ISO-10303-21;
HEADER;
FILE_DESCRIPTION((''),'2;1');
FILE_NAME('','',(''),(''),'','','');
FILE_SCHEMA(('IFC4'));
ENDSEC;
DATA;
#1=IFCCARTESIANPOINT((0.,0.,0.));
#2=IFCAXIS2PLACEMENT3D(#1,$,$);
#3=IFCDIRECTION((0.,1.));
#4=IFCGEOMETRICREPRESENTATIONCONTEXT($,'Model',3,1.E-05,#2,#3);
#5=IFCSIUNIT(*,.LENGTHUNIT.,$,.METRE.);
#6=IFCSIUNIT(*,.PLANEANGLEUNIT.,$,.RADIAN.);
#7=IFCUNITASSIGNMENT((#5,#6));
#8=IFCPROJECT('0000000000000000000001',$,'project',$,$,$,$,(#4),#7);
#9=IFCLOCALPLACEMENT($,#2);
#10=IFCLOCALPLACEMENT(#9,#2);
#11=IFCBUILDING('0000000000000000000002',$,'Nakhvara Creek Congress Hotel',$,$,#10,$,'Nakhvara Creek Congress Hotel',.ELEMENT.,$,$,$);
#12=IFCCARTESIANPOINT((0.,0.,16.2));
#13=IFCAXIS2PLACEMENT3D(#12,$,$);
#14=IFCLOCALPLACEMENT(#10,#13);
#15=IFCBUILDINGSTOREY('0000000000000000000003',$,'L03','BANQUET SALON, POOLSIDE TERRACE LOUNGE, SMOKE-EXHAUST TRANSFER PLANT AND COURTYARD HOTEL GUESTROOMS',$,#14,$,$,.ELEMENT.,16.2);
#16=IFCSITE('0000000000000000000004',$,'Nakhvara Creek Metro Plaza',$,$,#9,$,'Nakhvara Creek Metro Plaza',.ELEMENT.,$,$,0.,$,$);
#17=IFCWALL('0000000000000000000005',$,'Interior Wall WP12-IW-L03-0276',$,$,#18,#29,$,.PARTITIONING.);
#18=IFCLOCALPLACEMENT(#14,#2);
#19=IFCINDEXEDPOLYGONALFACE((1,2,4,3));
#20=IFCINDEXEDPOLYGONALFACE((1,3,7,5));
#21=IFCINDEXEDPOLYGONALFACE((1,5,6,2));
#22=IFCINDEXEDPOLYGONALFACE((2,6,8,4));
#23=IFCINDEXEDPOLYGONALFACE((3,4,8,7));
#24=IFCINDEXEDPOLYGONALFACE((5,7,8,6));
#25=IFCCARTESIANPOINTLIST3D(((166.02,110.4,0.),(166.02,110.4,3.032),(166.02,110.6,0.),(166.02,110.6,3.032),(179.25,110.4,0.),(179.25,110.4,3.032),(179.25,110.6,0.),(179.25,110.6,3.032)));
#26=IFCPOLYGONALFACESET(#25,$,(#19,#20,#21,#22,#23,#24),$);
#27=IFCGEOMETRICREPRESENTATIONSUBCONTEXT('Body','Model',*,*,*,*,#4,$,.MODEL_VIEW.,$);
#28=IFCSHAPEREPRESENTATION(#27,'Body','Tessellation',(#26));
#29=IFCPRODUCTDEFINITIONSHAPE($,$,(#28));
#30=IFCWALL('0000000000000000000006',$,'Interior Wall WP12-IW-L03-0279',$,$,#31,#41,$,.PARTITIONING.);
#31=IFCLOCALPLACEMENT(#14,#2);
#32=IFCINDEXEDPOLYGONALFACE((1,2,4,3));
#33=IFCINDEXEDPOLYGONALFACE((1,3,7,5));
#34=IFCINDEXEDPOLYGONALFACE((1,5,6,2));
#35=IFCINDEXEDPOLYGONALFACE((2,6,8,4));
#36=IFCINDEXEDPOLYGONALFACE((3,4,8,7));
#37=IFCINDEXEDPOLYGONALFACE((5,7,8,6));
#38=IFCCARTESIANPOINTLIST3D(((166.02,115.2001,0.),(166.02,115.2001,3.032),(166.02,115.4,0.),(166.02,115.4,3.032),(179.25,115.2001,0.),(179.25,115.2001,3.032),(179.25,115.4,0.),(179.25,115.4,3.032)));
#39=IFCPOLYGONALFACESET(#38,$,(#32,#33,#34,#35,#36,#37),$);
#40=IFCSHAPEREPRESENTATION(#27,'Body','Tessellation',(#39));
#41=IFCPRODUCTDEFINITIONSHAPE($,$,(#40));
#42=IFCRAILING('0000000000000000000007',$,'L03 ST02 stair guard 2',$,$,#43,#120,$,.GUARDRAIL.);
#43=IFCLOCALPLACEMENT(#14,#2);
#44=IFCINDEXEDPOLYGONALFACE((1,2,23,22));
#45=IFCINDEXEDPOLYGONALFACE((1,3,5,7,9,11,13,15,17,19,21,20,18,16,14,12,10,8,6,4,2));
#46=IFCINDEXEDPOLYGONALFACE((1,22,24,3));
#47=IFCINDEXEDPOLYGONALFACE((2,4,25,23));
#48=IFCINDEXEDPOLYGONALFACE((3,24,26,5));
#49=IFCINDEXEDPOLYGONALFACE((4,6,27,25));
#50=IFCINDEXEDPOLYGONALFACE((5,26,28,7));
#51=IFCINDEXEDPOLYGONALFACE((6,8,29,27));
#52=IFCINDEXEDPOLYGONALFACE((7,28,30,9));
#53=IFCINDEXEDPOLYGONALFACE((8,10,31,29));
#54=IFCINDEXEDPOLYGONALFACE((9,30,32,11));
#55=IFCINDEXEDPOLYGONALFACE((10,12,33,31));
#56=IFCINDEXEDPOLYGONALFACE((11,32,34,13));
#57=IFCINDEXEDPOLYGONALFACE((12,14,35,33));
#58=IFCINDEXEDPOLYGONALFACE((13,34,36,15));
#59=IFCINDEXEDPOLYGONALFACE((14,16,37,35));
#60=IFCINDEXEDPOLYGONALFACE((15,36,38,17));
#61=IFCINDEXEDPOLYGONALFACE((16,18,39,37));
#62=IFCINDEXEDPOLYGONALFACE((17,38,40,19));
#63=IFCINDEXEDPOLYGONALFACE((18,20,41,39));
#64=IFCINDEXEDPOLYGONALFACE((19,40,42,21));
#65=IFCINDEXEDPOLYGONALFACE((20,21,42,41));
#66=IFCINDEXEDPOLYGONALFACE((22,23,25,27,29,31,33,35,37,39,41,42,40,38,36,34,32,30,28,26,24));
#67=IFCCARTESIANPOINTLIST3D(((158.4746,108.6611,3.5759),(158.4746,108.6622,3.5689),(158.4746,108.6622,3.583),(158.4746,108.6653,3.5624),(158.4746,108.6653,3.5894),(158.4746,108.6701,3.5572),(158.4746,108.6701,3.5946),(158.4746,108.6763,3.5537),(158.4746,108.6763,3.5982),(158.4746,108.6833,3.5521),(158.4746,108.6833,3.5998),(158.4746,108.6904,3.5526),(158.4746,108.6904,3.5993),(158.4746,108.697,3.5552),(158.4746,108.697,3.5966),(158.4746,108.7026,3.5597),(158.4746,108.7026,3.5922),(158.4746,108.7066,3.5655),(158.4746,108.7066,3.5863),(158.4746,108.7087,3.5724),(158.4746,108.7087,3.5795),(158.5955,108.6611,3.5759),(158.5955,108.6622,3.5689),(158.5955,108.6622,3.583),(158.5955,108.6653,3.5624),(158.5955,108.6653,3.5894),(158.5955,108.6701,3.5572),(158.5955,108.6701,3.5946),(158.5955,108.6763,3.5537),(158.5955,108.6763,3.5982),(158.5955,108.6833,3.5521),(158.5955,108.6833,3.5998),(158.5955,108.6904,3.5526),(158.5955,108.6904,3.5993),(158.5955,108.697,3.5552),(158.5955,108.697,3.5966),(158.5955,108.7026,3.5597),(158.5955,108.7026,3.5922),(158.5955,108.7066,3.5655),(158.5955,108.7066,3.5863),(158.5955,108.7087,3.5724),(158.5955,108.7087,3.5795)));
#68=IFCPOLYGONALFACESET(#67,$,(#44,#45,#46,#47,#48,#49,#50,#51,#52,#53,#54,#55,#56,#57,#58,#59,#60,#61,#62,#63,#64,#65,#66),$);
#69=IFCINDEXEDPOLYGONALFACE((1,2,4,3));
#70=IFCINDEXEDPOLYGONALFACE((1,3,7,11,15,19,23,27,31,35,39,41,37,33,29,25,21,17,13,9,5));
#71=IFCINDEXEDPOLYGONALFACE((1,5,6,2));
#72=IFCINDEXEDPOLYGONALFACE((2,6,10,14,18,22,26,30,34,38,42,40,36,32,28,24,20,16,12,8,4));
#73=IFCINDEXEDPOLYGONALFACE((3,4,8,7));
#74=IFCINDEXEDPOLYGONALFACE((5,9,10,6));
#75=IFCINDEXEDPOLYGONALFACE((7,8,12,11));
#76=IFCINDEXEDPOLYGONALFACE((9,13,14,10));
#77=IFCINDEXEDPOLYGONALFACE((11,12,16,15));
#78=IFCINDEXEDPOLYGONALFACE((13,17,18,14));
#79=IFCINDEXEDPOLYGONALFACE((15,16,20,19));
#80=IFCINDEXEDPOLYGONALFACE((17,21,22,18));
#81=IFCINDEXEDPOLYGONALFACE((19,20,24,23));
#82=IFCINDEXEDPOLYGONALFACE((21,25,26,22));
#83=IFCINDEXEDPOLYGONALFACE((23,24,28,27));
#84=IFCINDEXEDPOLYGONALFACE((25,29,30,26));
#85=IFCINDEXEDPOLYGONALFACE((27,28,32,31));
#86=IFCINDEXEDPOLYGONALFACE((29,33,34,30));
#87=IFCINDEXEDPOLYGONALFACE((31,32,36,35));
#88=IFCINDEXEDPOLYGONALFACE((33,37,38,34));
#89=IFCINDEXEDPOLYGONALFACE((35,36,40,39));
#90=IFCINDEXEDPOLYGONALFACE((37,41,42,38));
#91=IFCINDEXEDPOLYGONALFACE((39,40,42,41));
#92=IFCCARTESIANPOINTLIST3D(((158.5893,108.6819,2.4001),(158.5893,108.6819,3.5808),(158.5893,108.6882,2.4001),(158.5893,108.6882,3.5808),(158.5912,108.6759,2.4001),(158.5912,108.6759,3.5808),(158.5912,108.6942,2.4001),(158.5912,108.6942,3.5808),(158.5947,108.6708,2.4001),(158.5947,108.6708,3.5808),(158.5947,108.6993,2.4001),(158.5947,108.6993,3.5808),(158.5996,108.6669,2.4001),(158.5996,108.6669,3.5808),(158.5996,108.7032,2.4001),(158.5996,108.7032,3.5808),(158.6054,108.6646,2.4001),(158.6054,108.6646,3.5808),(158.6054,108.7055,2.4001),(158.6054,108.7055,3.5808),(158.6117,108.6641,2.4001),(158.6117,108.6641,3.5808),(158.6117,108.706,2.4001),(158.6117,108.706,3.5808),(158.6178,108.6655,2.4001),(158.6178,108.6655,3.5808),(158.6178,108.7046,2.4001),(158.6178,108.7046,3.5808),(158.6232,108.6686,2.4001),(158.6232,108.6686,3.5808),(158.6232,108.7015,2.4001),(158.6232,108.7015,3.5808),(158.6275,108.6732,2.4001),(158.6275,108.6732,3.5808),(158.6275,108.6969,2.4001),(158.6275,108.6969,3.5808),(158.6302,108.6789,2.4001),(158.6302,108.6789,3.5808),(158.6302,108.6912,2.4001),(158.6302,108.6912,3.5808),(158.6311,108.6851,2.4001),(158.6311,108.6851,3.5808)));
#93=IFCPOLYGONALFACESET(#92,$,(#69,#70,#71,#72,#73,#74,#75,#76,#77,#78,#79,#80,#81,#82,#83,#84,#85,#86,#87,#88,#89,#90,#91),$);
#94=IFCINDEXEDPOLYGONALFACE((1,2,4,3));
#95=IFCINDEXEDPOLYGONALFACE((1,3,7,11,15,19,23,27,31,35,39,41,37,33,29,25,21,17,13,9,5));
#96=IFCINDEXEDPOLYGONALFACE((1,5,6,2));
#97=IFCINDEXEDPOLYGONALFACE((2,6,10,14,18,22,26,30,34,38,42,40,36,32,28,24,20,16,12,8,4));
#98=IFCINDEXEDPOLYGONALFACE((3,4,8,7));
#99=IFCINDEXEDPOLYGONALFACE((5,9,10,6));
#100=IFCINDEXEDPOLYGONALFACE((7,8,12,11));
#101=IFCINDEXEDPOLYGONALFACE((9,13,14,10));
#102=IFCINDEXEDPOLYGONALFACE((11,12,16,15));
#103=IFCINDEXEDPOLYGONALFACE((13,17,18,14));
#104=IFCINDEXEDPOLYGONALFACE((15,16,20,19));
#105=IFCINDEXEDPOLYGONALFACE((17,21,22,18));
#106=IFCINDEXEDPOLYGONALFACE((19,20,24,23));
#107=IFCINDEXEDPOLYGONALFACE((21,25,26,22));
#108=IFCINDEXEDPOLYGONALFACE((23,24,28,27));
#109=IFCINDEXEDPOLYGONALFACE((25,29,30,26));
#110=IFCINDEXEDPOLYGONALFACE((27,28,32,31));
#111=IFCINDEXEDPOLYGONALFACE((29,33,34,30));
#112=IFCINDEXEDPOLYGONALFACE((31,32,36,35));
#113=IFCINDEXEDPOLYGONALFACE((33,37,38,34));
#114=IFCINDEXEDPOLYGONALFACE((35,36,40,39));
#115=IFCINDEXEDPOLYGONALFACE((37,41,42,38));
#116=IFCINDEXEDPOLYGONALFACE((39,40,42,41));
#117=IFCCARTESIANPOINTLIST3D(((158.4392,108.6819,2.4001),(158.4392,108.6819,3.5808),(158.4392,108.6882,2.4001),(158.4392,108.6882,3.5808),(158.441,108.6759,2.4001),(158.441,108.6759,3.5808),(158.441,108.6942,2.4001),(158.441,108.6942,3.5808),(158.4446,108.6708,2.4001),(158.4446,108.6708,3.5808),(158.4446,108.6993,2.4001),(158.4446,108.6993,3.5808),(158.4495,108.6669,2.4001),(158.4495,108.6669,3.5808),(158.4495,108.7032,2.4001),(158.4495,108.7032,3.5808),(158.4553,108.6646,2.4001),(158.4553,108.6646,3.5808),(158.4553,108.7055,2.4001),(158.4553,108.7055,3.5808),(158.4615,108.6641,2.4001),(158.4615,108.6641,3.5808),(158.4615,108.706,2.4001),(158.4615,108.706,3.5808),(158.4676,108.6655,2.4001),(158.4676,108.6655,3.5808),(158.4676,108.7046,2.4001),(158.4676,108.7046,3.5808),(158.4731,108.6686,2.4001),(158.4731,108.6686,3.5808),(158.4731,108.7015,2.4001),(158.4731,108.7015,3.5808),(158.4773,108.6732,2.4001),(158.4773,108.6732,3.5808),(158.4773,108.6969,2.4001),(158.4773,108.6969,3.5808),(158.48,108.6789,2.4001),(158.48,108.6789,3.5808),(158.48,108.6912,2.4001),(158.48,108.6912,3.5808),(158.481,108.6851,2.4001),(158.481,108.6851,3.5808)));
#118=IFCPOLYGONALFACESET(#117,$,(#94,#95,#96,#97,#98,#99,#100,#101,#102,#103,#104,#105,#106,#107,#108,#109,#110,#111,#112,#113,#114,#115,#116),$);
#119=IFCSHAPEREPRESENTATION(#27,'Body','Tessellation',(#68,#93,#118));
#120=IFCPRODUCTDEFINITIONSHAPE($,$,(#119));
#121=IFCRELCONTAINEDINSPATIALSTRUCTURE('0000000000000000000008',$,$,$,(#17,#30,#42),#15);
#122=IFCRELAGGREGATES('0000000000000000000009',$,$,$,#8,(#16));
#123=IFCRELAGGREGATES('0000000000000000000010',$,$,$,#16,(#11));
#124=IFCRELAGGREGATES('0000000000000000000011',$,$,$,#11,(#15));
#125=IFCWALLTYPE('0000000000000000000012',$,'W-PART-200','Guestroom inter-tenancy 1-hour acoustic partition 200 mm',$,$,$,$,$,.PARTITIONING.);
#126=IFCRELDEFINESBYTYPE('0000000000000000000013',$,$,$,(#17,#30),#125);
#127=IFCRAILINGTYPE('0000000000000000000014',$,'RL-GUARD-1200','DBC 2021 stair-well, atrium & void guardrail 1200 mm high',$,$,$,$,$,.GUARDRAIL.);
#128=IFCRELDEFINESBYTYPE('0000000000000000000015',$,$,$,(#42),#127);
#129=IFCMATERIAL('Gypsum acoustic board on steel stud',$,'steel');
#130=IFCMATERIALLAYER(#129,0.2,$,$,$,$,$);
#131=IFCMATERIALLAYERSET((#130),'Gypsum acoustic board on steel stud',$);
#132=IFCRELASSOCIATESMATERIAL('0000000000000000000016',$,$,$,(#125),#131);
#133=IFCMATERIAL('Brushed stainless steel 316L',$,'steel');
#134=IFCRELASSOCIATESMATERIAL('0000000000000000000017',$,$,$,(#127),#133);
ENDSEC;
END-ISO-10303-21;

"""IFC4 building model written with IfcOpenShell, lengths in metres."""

from ifc_helpers import new_model, si_unit, direction, frame, frame_2d, origin, origin_2d, place, context, subcontext, project, spatial, rectangle, circle, extrude, material, layer, layer_set, type_object, element, save


model = new_model("IFC4")

# Units and contexts
model_context = context("Model", 3, precision=1e-05, world=origin(), true_north=direction((0.0, 1.0)))
body_context = subcontext(model_context, "Body", "Model", "MODEL_VIEW")
ifc_project = project(units=[si_unit("LENGTHUNIT", "METRE"), si_unit("PLANEANGLEUNIT", "RADIAN")], contexts=[model_context])

# Site, building, storey
site_placement = place(None, origin())
site = spatial("IfcSite", under=ifc_project, at=site_placement, Name="Nakhvara Creek Metro Plaza", LongName="Nakhvara Creek Metro Plaza", CompositionType="ELEMENT", RefElevation=0.0)
building_placement = place(site_placement, origin())
building = spatial("IfcBuilding", under=site, at=building_placement, Name="Nakhvara Creek Congress Hotel", LongName="Nakhvara Creek Congress Hotel", CompositionType="ELEMENT")
storey_placement = place(building_placement, frame((0.0, 0.0, 16.2)))
storey = spatial("IfcBuildingStorey", under=building, at=storey_placement, Name="L03", Description="BANQUET SALON, POOLSIDE TERRACE LOUNGE, SMOKE-EXHAUST TRANSFER PLANT AND COURTYARD HOTEL GUESTROOMS", CompositionType="ELEMENT", Elevation=16.2)

# Walls
ifc_material_1 = material(Name="Gypsum acoustic board on steel stud", Category="steel")
ifc_layer_1 = layer(ifc_material_1, 0.2)
ifc_layer_set_1 = layer_set([ifc_layer_1], Name="Gypsum acoustic board on steel stud")
wall_type_1 = type_object("IfcWallType", Name="W-PART-200", Description="Guestroom inter-tenancy 1-hour acoustic partition 200 mm", PredefinedType="PARTITIONING", material=ifc_layer_set_1)
for number, where, z_axis, x_axis, name in (
    (1, (166.02, 110.5, 0.0), (0.0, 0.0, 1.0), (1.0, 0.0, 0.0), "Interior Wall WP12-IW-L03-0276"),
    (2, (166.02, 115.3, 0.0), (0.0, 0.0, 1.0), (1.0, 0.0, 0.0), "Interior Wall WP12-IW-L03-0279"),
):
    element("IfcWall", number, at=place(storey_placement, frame(where, z_axis=z_axis, x_axis=x_axis)), inside=storey, type_object=wall_type_1, Name=name, PredefinedType="PARTITIONING", context=body_context, shape_type="SweptSolid", body=[
        extrude(rectangle(XDim=13.23, YDim=0.2, at=frame_2d((6.615, 0.0))), origin(), (0.0, 0.0, 1.0), 3.032),
    ])

# Railing
ifc_material_2 = material(Name="Brushed stainless steel 316L", Category="steel")
railing_type_1 = type_object("IfcRailingType", Name="RL-GUARD-1200", Description="DBC 2021 stair-well, atrium & void guardrail 1200 mm high", PredefinedType="GUARDRAIL", material=ifc_material_2)
railing_1_placement = place(storey_placement, frame((158.6101, 108.6851, 2.4001)))
element("IfcRailing", 3, at=railing_1_placement, inside=storey, type_object=railing_type_1, Name="L03 ST02 stair guard 2", PredefinedType="GUARDRAIL", context=body_context, shape_type="SweptSolid", body=[
    extrude(circle(Radius=0.0239, at=origin_2d()), frame((-0.0146, 0.0, 1.1758), z_axis=(-1.0, 0.0, 0.0), x_axis=(0.0, -1.0, 0.0)), (0.0, 0.0, 1.0), 0.1208),
    extrude(circle(Radius=0.021, at=origin_2d()), origin(), (0.0, 0.0, 1.0), 1.1807),
    extrude(circle(Radius=0.021, at=origin_2d()), frame((-0.1501, 0.0, 0.0)), (0.0, 0.0, 1.0), 1.1807),
])

save(model, "model.ifc")
